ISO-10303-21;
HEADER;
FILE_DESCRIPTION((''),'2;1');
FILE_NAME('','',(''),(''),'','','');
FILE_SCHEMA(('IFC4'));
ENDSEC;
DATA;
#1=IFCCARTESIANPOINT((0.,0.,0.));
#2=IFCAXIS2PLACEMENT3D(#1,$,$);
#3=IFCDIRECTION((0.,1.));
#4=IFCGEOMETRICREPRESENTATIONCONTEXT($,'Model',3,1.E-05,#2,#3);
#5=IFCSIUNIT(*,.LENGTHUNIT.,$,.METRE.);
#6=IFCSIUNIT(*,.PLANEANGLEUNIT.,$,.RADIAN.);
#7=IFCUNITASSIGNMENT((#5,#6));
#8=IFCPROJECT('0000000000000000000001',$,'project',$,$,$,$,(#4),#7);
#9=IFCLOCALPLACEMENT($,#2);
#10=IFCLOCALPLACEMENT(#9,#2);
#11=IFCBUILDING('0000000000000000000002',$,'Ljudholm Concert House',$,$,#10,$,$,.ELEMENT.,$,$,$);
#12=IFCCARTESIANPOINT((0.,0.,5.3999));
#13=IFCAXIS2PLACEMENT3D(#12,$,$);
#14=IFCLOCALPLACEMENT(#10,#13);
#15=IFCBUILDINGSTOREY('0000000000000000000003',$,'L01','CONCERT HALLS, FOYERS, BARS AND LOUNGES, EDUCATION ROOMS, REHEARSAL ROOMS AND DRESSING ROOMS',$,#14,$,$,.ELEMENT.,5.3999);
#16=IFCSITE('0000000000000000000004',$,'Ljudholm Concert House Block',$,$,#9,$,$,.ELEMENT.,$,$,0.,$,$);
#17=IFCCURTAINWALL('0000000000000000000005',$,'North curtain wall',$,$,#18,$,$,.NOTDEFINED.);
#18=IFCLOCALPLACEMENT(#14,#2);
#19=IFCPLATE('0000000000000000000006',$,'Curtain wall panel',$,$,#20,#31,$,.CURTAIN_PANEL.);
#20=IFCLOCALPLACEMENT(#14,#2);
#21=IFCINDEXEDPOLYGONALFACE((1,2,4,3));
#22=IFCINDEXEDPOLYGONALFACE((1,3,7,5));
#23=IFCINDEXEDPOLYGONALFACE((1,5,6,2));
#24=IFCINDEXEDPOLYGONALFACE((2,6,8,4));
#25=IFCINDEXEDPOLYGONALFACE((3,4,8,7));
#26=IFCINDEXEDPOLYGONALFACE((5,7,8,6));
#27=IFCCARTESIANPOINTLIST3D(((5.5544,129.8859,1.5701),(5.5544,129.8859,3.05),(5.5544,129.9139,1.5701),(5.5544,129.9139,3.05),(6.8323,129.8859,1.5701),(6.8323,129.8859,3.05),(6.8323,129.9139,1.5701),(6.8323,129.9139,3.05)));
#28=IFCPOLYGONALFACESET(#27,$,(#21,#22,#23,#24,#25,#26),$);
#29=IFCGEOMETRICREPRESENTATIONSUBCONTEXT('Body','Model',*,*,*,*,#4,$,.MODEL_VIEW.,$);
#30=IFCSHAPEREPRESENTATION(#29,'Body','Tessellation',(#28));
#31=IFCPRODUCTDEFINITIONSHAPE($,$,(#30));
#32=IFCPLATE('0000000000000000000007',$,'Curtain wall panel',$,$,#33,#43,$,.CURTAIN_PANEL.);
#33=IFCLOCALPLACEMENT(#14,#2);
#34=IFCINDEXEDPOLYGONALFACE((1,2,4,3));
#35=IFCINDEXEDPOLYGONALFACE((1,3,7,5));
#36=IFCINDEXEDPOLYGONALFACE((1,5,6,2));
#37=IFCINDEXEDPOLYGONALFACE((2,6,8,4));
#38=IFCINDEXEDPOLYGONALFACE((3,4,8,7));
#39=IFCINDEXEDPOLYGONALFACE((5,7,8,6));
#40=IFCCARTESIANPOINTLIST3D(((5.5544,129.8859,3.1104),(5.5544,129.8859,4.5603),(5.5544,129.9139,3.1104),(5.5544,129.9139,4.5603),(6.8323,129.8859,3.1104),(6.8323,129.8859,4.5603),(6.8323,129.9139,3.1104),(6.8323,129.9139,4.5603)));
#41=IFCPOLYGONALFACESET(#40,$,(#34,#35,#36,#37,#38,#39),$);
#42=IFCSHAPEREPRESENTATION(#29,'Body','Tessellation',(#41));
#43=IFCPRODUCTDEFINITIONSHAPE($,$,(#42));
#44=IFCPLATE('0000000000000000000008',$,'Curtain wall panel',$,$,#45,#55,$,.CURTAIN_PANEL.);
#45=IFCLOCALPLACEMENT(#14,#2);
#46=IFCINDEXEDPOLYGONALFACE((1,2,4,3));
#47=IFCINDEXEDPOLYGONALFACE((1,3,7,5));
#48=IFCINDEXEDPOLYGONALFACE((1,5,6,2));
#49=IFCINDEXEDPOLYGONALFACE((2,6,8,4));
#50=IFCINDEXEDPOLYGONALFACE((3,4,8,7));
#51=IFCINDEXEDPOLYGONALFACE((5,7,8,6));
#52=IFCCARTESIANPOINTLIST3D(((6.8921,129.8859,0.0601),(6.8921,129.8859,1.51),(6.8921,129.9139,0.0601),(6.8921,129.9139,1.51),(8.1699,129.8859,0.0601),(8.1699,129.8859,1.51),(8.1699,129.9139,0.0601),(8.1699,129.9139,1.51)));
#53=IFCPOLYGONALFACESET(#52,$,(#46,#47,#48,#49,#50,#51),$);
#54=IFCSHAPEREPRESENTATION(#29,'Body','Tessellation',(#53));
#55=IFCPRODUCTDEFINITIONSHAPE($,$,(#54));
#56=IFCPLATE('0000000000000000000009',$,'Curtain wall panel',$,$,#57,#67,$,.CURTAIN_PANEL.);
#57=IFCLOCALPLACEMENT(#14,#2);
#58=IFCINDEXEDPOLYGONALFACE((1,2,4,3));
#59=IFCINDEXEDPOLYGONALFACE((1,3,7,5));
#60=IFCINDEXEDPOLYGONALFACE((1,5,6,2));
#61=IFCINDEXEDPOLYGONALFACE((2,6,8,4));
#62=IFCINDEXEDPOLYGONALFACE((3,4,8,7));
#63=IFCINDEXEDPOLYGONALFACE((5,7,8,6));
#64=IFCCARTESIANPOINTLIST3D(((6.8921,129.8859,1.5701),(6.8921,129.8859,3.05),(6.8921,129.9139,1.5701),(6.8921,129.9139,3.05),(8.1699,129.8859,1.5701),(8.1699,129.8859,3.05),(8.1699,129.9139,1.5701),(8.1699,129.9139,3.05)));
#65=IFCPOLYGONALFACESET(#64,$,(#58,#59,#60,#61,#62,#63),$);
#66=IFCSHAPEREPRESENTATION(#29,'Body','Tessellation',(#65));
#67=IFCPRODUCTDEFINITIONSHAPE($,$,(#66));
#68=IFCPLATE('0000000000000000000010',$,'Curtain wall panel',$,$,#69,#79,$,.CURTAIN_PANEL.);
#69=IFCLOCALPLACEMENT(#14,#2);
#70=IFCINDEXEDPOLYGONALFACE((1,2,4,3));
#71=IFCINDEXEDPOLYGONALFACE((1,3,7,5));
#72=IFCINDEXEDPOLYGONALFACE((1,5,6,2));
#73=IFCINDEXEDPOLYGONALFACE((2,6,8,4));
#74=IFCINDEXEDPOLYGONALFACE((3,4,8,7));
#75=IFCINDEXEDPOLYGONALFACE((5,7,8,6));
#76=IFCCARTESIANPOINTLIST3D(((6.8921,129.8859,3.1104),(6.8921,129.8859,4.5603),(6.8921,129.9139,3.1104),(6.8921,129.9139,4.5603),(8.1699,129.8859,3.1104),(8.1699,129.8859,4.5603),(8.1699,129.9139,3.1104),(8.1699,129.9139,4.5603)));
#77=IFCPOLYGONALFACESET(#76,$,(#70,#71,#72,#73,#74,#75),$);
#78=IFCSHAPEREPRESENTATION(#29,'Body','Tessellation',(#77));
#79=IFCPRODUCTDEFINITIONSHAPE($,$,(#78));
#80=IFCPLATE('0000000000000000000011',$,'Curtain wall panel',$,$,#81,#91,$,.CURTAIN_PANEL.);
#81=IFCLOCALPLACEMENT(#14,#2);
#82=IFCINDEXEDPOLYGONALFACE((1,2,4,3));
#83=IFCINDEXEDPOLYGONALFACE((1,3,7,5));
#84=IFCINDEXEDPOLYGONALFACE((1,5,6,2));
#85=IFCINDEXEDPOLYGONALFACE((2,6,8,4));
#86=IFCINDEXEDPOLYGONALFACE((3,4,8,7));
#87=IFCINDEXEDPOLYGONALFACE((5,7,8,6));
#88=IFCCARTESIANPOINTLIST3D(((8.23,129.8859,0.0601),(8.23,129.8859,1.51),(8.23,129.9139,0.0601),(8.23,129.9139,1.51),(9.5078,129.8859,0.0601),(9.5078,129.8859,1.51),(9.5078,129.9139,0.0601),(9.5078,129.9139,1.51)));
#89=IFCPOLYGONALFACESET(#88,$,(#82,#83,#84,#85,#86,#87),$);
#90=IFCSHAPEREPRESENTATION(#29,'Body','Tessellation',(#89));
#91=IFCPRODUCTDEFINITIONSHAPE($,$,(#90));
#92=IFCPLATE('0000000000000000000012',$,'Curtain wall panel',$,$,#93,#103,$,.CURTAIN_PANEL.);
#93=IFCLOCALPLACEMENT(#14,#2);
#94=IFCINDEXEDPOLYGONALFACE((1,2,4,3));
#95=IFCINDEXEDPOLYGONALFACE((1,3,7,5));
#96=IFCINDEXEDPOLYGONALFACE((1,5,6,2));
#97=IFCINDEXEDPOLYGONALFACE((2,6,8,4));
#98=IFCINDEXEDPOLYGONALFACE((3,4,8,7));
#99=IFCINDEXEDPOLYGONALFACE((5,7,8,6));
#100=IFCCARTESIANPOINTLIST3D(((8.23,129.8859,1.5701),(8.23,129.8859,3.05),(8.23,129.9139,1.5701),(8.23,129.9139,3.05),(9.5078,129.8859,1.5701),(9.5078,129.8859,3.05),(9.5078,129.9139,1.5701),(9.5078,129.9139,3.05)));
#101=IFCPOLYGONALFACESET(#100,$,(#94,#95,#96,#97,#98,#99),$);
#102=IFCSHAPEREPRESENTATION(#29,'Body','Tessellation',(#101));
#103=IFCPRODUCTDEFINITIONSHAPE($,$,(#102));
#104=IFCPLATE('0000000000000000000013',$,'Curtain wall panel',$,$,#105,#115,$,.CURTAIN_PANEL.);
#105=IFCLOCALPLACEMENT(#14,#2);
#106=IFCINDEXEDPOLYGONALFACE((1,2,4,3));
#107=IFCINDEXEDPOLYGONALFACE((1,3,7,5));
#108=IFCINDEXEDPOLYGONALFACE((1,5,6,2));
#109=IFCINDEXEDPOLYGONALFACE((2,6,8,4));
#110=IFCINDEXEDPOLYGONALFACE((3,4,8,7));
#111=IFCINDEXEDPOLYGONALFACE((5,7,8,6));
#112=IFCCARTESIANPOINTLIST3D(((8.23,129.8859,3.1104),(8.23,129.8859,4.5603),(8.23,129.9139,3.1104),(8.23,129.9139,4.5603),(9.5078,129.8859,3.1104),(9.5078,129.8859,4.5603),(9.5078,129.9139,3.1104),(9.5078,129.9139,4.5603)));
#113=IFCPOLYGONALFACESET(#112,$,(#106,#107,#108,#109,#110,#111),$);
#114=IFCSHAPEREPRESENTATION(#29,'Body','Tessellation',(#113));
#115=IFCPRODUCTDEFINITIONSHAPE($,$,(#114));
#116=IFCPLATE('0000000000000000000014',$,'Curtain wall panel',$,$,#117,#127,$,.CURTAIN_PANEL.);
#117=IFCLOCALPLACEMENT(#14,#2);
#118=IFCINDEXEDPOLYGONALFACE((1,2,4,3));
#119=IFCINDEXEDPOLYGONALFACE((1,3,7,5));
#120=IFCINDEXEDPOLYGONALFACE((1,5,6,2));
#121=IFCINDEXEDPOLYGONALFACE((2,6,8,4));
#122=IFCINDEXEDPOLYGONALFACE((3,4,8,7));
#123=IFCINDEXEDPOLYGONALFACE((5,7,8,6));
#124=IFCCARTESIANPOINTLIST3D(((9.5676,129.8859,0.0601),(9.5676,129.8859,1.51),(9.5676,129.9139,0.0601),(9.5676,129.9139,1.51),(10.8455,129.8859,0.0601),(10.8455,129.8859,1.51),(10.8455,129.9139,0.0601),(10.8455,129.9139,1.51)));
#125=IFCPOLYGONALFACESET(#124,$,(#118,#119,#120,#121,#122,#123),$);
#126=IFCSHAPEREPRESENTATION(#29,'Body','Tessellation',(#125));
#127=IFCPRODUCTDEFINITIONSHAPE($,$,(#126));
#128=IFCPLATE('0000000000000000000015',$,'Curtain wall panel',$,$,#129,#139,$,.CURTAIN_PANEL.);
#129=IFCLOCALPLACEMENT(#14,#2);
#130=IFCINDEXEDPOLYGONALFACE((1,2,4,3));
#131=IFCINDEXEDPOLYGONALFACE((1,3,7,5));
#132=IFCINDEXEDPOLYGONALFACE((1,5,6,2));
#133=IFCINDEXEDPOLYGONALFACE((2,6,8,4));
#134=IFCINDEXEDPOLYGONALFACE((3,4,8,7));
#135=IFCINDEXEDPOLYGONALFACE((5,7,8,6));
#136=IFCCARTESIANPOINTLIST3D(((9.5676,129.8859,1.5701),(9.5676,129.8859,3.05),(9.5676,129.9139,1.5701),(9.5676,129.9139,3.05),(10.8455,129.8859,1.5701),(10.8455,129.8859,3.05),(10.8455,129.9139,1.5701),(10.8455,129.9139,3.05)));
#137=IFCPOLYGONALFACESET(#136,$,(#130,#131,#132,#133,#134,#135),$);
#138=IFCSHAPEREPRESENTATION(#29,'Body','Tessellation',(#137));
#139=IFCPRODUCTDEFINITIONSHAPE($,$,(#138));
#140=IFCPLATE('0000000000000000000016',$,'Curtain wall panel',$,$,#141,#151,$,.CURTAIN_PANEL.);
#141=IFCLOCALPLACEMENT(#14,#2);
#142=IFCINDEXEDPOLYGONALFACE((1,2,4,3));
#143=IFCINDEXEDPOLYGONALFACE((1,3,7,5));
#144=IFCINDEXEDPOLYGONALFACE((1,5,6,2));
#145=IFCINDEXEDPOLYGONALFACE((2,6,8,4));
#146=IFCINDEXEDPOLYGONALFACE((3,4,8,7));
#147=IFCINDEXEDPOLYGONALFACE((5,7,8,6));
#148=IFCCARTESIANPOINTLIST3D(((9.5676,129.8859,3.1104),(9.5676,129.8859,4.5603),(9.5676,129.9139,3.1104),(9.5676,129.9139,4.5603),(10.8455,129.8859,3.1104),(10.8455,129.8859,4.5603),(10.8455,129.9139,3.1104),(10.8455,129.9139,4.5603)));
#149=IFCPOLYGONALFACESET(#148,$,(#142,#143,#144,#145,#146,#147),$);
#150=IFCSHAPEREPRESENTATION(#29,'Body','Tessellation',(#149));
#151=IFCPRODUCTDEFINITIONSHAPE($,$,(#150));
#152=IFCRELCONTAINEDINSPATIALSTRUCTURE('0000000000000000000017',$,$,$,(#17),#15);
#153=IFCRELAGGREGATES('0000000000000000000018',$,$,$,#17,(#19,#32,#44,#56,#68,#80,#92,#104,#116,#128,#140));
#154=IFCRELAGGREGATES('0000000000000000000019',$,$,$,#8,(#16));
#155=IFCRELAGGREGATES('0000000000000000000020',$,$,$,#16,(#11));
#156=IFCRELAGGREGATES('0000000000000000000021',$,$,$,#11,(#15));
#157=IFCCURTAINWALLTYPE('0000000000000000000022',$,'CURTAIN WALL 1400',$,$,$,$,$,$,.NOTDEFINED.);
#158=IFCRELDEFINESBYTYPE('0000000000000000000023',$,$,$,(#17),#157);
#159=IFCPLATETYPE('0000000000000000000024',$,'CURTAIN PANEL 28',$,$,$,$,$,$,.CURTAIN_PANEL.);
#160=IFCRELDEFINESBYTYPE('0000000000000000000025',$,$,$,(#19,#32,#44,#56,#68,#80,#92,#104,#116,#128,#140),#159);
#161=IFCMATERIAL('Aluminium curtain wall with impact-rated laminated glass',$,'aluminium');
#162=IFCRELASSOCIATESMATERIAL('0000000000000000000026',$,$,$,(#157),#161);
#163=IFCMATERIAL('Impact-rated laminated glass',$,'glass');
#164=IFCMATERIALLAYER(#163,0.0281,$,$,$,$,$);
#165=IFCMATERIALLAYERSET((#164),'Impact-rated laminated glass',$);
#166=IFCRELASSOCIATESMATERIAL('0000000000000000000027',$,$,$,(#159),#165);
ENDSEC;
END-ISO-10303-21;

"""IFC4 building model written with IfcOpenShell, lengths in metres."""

from ifc_helpers import new_model, si_unit, direction, frame, origin, origin_2d, place, context, subcontext, project, spatial, rectangle, extrude, material, layer, layer_set, type_object, element, aggregate, save


model = new_model("IFC4")

# Units and contexts
model_context = context("Model", 3, precision=1e-05, world=origin(), true_north=direction((0.0, 1.0)))
body_context = subcontext(model_context, "Body", "Model", "MODEL_VIEW")
ifc_project = project(units=[si_unit("LENGTHUNIT", "METRE"), si_unit("PLANEANGLEUNIT", "RADIAN")], contexts=[model_context])

# Site, building, storey
site_placement = place(None, origin())
site = spatial("IfcSite", under=ifc_project, at=site_placement, Name="Ljudholm Concert House Block", CompositionType="ELEMENT", RefElevation=0.0)
building_placement = place(site_placement, origin())
building = spatial("IfcBuilding", under=site, at=building_placement, Name="Ljudholm Concert House", CompositionType="ELEMENT")
storey_placement = place(building_placement, frame((0.0, 0.0, 5.3999)))
storey = spatial("IfcBuildingStorey", under=building, at=storey_placement, Name="L01", Description="CONCERT HALLS, FOYERS, BARS AND LOUNGES, EDUCATION ROOMS, REHEARSAL ROOMS AND DRESSING ROOMS", CompositionType="ELEMENT", Elevation=5.3999)

# Curtain wall, plates
ifc_material_1 = material(Name="Aluminium curtain wall with impact-rated laminated glass", Category="aluminium")
curtain_wall_type = type_object("IfcCurtainWallType", Name="CURTAIN WALL 1400", PredefinedType="NOTDEFINED", material=ifc_material_1)
curtain_wall_placement = place(storey_placement, origin())
curtain_wall = element("IfcCurtainWall", 1, at=curtain_wall_placement, inside=storey, type_object=curtain_wall_type, Name="North curtain wall", PredefinedType="NOTDEFINED")
ifc_material_2 = material(Name="Impact-rated laminated glass", Category="glass")
ifc_layer = layer(ifc_material_2, 0.0281)
ifc_layer_set = layer_set([ifc_layer], Name="Impact-rated laminated glass")
plate_type = type_object("IfcPlateType", Name="CURTAIN PANEL 28", PredefinedType="CURTAIN_PANEL", material=ifc_layer_set)
plate_1_placement = place(storey_placement, frame((6.1934, 129.8999, 1.5701), z_axis=(0.0, 0.0, 1.0), x_axis=(1.0, 0.0, 0.0)))
plate_1 = element("IfcPlate", 2, at=plate_1_placement, type_object=plate_type, Name="Curtain wall panel", PredefinedType="CURTAIN_PANEL", context=body_context, shape_type="SweptSolid", body=[
    extrude(rectangle(XDim=1.2778, YDim=0.0281, at=origin_2d()), origin(), (0.0, 0.0, 1.0), 1.48),
])
plate_2_placement = place(storey_placement, frame((6.1934, 129.8999, 3.1104), z_axis=(0.0, 0.0, 1.0), x_axis=(1.0, 0.0, 0.0)))
plate_2 = element("IfcPlate", 3, at=plate_2_placement, type_object=plate_type, Name="Curtain wall panel", PredefinedType="CURTAIN_PANEL", context=body_context, shape_type="SweptSolid", body=[
    extrude(rectangle(XDim=1.2778, YDim=0.0281, at=origin_2d()), origin(), (0.0, 0.0, 1.0), 1.45),
])
plate_3_placement = place(storey_placement, frame((7.531, 129.8999, 0.0601), z_axis=(0.0, 0.0, 1.0), x_axis=(1.0, 0.0, 0.0)))
plate_3 = element("IfcPlate", 4, at=plate_3_placement, type_object=plate_type, Name="Curtain wall panel", PredefinedType="CURTAIN_PANEL", context=body_context, shape_type="SweptSolid", body=[
    extrude(rectangle(XDim=1.2778, YDim=0.0281, at=origin_2d()), origin(), (0.0, 0.0, 1.0), 1.45),
])
plate_4_placement = place(storey_placement, frame((7.531, 129.8999, 1.5701), z_axis=(0.0, 0.0, 1.0), x_axis=(1.0, 0.0, 0.0)))
plate_4 = element("IfcPlate", 5, at=plate_4_placement, type_object=plate_type, Name="Curtain wall panel", PredefinedType="CURTAIN_PANEL", context=body_context, shape_type="SweptSolid", body=[
    extrude(rectangle(XDim=1.2778, YDim=0.0281, at=origin_2d()), origin(), (0.0, 0.0, 1.0), 1.48),
])
plate_5_placement = place(storey_placement, frame((7.531, 129.8999, 3.1104), z_axis=(0.0, 0.0, 1.0), x_axis=(1.0, 0.0, 0.0)))
plate_5 = element("IfcPlate", 6, at=plate_5_placement, type_object=plate_type, Name="Curtain wall panel", PredefinedType="CURTAIN_PANEL", context=body_context, shape_type="SweptSolid", body=[
    extrude(rectangle(XDim=1.2778, YDim=0.0281, at=origin_2d()), origin(), (0.0, 0.0, 1.0), 1.45),
])
plate_6_placement = place(storey_placement, frame((8.8689, 129.8999, 0.0601), z_axis=(0.0, 0.0, 1.0), x_axis=(1.0, 0.0, 0.0)))
plate_6 = element("IfcPlate", 7, at=plate_6_placement, type_object=plate_type, Name="Curtain wall panel", PredefinedType="CURTAIN_PANEL", context=body_context, shape_type="SweptSolid", body=[
    extrude(rectangle(XDim=1.2778, YDim=0.0281, at=origin_2d()), origin(), (0.0, 0.0, 1.0), 1.45),
])
plate_7_placement = place(storey_placement, frame((8.8689, 129.8999, 1.5701), z_axis=(0.0, 0.0, 1.0), x_axis=(1.0, 0.0, 0.0)))
plate_7 = element("IfcPlate", 8, at=plate_7_placement, type_object=plate_type, Name="Curtain wall panel", PredefinedType="CURTAIN_PANEL", context=body_context, shape_type="SweptSolid", body=[
    extrude(rectangle(XDim=1.2778, YDim=0.0281, at=origin_2d()), origin(), (0.0, 0.0, 1.0), 1.48),
])
plate_8_placement = place(storey_placement, frame((8.8689, 129.8999, 3.1104), z_axis=(0.0, 0.0, 1.0), x_axis=(1.0, 0.0, 0.0)))
plate_8 = element("IfcPlate", 9, at=plate_8_placement, type_object=plate_type, Name="Curtain wall panel", PredefinedType="CURTAIN_PANEL", context=body_context, shape_type="SweptSolid", body=[
    extrude(rectangle(XDim=1.2778, YDim=0.0281, at=origin_2d()), origin(), (0.0, 0.0, 1.0), 1.45),
])
plate_9_placement = place(storey_placement, frame((10.2065, 129.8999, 0.0601), z_axis=(0.0, 0.0, 1.0), x_axis=(1.0, 0.0, 0.0)))
plate_9 = element("IfcPlate", 10, at=plate_9_placement, type_object=plate_type, Name="Curtain wall panel", PredefinedType="CURTAIN_PANEL", context=body_context, shape_type="SweptSolid", body=[
    extrude(rectangle(XDim=1.2778, YDim=0.0281, at=origin_2d()), origin(), (0.0, 0.0, 1.0), 1.45),
])
plate_10_placement = place(storey_placement, frame((10.2065, 129.8999, 1.5701), z_axis=(0.0, 0.0, 1.0), x_axis=(1.0, 0.0, 0.0)))
plate_10 = element("IfcPlate", 11, at=plate_10_placement, type_object=plate_type, Name="Curtain wall panel", PredefinedType="CURTAIN_PANEL", context=body_context, shape_type="SweptSolid", body=[
    extrude(rectangle(XDim=1.2778, YDim=0.0281, at=origin_2d()), origin(), (0.0, 0.0, 1.0), 1.48),
])
plate_11_placement = place(storey_placement, frame((10.2065, 129.8999, 3.1104), z_axis=(0.0, 0.0, 1.0), x_axis=(1.0, 0.0, 0.0)))
plate_11 = element("IfcPlate", 12, at=plate_11_placement, type_object=plate_type, Name="Curtain wall panel", PredefinedType="CURTAIN_PANEL", context=body_context, shape_type="SweptSolid", body=[
    extrude(rectangle(XDim=1.2778, YDim=0.0281, at=origin_2d()), origin(), (0.0, 0.0, 1.0), 1.45),
])
aggregate(curtain_wall, [plate_1, plate_2, plate_3, plate_4, plate_5, plate_6, plate_7, plate_8, plate_9, plate_10, plate_11])

save(model, "model.ifc")
